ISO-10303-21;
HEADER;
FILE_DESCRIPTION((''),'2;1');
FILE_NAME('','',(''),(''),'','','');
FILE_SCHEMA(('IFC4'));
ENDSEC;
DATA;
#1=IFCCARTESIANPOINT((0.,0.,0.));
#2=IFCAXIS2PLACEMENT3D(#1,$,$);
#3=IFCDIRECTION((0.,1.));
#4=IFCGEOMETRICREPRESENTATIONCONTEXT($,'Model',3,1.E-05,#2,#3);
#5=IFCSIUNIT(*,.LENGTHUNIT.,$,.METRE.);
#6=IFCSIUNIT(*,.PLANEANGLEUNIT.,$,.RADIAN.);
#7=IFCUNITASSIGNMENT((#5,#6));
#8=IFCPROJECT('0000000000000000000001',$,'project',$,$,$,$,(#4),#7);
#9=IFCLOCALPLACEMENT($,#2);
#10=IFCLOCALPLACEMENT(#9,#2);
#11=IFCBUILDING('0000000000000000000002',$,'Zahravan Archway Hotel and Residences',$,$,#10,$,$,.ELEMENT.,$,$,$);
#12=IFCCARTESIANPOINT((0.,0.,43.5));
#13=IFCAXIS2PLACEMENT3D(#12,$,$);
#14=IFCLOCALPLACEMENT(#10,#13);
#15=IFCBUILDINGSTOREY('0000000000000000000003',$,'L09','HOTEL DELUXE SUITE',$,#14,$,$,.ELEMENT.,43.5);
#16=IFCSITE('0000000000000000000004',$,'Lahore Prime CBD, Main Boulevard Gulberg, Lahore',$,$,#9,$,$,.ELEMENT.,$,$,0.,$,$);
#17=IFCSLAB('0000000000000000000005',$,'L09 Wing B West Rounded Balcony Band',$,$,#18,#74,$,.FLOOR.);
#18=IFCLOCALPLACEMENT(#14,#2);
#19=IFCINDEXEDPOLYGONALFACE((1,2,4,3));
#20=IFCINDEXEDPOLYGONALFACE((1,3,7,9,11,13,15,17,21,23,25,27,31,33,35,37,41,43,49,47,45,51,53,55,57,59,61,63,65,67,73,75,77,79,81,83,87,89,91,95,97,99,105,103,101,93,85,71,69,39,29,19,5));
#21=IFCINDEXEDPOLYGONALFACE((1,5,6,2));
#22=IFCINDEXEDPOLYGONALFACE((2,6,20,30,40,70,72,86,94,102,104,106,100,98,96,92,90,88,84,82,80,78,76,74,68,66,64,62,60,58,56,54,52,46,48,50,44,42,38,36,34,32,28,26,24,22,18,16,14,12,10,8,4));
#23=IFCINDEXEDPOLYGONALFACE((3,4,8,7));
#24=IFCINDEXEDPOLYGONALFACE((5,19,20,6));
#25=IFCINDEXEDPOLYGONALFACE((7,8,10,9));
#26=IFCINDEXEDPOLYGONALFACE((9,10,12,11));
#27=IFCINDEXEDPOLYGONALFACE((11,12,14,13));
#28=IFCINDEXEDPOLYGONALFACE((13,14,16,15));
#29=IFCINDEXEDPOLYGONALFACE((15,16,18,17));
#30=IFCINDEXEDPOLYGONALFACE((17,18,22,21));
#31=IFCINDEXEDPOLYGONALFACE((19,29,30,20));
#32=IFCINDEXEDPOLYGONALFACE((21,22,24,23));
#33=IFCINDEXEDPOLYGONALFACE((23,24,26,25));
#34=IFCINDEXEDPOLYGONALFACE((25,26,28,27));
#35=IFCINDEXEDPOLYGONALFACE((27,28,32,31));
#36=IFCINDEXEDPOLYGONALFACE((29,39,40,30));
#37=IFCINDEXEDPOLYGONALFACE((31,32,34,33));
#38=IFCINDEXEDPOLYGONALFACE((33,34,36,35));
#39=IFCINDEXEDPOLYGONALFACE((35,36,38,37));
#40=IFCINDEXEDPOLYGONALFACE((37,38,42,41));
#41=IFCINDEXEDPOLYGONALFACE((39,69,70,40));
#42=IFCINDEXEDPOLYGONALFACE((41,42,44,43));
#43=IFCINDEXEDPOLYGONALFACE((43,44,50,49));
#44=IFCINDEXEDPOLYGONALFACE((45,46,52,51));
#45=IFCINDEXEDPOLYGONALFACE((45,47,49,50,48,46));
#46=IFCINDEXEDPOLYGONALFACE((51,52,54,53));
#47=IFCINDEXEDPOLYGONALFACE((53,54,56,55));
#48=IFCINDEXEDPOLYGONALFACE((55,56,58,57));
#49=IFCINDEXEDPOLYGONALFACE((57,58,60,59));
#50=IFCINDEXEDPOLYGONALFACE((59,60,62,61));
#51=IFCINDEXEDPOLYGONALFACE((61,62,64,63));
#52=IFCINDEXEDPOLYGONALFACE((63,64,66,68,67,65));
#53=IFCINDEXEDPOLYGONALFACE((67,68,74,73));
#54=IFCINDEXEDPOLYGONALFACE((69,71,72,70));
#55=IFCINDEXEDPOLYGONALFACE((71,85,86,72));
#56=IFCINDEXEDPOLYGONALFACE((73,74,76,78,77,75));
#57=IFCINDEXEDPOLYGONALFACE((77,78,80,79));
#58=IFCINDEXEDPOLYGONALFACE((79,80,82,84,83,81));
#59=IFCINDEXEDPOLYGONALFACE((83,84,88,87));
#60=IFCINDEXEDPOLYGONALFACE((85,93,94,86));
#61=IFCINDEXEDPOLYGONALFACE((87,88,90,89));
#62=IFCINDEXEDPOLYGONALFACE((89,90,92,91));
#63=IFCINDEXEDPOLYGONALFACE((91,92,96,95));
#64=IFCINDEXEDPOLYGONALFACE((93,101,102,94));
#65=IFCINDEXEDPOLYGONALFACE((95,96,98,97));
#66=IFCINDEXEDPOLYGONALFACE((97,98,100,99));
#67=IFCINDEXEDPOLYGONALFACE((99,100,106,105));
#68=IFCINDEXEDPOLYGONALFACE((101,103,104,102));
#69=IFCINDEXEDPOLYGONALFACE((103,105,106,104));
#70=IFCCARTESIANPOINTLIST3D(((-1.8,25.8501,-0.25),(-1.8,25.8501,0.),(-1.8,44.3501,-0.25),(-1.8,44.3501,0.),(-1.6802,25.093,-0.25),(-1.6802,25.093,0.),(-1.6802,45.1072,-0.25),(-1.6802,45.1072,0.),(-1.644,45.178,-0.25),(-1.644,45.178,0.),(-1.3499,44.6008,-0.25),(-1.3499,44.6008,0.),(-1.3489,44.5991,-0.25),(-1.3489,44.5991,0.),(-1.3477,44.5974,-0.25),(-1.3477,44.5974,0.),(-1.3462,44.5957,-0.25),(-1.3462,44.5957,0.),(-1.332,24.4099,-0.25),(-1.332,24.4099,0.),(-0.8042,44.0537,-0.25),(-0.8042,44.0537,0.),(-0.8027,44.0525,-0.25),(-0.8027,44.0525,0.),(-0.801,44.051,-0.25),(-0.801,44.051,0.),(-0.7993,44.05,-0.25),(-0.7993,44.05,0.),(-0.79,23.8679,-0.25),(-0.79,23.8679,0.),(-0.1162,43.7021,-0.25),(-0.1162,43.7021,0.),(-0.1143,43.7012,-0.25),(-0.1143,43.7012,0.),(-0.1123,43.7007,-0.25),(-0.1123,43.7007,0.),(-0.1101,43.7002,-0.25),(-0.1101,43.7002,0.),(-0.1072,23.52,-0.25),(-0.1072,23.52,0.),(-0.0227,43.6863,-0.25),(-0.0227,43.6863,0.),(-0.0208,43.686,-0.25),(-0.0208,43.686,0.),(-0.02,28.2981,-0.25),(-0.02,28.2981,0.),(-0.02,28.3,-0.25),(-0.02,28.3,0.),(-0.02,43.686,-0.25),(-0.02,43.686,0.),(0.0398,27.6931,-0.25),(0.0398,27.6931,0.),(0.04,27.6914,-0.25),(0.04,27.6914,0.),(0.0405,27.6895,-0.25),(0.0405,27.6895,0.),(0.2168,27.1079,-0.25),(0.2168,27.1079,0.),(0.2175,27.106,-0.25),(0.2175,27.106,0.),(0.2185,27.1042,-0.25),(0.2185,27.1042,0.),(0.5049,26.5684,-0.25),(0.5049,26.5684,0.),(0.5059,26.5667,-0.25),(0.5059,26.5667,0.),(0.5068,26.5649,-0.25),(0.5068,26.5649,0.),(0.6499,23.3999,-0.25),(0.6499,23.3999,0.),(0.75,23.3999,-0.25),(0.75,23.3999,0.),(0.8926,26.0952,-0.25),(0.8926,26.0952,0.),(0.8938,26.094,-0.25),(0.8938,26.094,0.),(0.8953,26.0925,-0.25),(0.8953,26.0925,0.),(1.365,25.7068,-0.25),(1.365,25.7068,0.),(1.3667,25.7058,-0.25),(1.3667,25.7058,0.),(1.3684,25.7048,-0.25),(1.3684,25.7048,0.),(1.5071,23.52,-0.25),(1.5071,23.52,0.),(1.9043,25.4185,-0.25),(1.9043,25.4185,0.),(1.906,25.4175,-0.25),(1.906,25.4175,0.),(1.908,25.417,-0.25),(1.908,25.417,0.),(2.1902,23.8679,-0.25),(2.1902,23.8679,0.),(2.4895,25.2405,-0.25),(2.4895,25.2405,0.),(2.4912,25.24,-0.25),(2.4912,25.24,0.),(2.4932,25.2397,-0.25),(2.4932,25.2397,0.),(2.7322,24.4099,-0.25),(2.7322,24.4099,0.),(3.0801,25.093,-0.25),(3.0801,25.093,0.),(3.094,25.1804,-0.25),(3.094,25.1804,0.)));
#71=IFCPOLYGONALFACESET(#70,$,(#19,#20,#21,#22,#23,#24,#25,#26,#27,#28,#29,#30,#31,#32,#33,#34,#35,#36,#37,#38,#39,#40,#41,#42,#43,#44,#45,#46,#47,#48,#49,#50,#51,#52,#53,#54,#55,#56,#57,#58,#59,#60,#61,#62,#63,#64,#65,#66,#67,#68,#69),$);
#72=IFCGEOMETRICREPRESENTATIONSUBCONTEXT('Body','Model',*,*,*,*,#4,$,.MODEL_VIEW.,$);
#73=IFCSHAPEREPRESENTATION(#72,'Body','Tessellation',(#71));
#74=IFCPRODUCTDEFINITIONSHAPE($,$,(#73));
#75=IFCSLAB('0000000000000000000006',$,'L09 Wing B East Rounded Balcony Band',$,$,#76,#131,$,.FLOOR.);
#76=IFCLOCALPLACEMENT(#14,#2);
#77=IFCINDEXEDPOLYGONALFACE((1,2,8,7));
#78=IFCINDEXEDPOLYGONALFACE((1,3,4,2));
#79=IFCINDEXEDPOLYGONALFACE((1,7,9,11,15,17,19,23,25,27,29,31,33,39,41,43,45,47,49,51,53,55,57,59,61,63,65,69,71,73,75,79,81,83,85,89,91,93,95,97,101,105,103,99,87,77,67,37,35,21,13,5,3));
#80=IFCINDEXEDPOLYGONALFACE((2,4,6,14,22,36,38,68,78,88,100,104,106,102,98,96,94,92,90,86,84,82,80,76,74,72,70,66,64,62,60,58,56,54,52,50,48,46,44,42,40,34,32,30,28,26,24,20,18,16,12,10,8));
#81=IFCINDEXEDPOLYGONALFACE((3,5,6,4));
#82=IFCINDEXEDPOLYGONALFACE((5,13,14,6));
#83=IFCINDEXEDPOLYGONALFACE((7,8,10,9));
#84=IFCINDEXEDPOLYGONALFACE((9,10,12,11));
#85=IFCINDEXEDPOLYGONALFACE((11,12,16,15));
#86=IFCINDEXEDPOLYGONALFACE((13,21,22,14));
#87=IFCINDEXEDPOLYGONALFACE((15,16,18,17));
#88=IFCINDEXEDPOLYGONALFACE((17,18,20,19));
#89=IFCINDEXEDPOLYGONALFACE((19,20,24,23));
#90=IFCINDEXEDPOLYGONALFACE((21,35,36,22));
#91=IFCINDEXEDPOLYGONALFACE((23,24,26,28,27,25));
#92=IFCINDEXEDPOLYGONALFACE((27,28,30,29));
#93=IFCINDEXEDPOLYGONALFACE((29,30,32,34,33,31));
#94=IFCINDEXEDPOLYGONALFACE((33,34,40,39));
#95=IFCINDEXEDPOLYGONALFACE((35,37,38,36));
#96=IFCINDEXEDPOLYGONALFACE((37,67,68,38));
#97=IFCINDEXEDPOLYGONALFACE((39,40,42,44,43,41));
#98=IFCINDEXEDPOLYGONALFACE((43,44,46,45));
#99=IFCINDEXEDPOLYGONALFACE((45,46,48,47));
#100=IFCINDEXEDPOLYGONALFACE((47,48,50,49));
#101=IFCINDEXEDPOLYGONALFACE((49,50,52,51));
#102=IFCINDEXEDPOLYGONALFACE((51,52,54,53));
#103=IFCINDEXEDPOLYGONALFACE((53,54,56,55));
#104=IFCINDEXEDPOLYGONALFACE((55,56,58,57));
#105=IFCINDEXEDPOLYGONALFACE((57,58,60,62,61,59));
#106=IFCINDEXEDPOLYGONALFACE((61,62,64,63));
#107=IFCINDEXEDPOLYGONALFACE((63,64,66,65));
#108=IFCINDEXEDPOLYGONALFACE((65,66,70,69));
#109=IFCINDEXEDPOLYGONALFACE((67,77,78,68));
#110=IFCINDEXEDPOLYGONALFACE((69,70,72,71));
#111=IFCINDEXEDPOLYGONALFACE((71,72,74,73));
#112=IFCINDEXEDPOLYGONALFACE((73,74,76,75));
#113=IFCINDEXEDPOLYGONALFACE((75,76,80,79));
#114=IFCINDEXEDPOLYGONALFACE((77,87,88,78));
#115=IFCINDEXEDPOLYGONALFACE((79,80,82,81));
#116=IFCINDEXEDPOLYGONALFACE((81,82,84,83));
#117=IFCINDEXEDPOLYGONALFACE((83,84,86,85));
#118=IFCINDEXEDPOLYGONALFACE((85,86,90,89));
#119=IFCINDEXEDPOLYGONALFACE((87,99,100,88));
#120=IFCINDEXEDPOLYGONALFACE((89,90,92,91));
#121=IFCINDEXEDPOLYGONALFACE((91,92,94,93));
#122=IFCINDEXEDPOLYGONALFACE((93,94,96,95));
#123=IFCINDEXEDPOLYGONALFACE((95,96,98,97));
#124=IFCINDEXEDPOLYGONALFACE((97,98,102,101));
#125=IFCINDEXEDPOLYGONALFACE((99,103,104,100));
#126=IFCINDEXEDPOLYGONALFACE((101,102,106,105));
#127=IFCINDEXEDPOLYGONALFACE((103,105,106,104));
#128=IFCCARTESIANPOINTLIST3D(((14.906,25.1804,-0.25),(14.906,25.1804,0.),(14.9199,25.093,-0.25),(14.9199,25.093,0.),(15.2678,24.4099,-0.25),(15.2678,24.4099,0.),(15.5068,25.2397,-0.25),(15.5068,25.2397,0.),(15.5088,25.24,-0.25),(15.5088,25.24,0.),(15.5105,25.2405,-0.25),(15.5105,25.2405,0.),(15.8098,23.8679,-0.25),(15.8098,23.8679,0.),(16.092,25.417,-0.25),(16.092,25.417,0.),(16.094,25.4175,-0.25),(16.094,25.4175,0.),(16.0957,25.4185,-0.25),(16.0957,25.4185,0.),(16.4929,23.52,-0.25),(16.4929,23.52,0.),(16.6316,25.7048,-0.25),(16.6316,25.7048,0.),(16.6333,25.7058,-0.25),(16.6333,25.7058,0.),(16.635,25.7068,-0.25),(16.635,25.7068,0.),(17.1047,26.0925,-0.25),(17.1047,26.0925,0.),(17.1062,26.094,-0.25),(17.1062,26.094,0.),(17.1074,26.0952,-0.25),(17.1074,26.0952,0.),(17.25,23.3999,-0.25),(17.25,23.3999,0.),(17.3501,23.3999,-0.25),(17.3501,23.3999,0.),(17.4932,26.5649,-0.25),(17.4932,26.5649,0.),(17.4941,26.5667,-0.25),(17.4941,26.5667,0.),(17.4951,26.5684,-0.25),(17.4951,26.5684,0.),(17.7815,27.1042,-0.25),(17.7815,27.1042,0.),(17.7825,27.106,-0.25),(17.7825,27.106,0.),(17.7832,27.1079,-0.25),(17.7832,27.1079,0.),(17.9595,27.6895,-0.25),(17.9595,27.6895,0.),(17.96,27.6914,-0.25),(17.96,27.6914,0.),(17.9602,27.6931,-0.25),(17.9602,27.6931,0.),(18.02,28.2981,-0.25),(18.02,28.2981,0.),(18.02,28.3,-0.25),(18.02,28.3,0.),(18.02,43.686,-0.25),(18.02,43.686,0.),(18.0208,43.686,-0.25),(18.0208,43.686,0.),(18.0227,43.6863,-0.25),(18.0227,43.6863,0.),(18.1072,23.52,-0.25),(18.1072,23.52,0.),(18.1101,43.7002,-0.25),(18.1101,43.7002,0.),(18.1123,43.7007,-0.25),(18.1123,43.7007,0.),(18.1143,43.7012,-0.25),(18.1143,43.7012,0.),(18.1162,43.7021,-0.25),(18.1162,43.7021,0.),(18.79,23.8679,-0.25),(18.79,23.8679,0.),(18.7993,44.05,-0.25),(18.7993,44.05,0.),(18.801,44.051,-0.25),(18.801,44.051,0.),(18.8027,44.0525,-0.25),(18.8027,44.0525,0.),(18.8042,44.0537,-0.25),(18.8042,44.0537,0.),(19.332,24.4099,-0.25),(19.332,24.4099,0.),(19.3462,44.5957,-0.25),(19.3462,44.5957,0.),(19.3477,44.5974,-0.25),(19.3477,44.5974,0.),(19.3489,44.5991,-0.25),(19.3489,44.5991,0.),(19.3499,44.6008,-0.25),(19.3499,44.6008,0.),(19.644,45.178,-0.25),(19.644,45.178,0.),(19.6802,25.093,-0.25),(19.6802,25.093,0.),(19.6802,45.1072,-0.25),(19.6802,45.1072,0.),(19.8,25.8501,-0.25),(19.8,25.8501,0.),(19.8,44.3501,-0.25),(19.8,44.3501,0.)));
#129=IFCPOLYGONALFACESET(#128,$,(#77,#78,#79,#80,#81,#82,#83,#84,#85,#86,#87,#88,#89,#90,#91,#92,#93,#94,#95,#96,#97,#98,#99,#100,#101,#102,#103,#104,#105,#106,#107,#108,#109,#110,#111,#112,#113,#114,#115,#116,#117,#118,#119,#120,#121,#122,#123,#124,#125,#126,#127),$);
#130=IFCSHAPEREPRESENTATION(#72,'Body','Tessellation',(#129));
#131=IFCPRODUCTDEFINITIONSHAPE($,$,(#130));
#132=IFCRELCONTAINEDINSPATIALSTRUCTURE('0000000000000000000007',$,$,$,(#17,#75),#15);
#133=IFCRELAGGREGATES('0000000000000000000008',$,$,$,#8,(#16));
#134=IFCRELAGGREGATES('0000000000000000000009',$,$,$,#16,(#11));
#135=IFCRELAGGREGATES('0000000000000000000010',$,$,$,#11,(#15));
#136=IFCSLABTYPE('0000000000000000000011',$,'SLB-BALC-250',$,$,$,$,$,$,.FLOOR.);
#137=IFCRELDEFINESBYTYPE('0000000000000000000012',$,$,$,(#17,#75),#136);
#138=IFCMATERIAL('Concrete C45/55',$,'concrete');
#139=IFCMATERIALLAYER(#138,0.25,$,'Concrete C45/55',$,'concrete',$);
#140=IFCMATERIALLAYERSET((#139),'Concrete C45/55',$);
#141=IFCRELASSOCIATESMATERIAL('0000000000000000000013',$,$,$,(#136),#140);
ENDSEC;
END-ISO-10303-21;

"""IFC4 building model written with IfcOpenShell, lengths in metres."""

from ifc_helpers import new_model, si_unit, direction, frame, origin, place, context, subcontext, project, spatial, polyline, outline, extrude, material, layer, layer_set, type_object, element, save


model = new_model("IFC4")

# Units and contexts
model_context = context("Model", 3, precision=1e-05, world=origin(), true_north=direction((0.0, 1.0)))
body_context = subcontext(model_context, "Body", "Model", "MODEL_VIEW")
ifc_project = project(units=[si_unit("LENGTHUNIT", "METRE"), si_unit("PLANEANGLEUNIT", "RADIAN")], contexts=[model_context])

# Site, building, storey
site_placement = place(None, origin())
site = spatial("IfcSite", under=ifc_project, at=site_placement, Name="Lahore Prime CBD, Main Boulevard Gulberg, Lahore", CompositionType="ELEMENT", RefElevation=0.0)
building_placement = place(site_placement, origin())
building = spatial("IfcBuilding", under=site, at=building_placement, Name="Zahravan Archway Hotel and Residences", CompositionType="ELEMENT")
storey_placement = place(building_placement, frame((0.0, 0.0, 43.5)))
storey = spatial("IfcBuildingStorey", under=building, at=storey_placement, Name="L09", Description="HOTEL DELUXE SUITE", CompositionType="ELEMENT", Elevation=43.5)

# Slabs
ifc_material_1 = material(Name="Concrete C45/55", Category="concrete")
ifc_layer_1 = layer(ifc_material_1, 0.25, Name="Concrete C45/55", Category="concrete")
ifc_layer_set_1 = layer_set([ifc_layer_1], Name="Concrete C45/55")
slab_type_1 = type_object("IfcSlabType", Name="SLB-BALC-250", PredefinedType="FLOOR", material=ifc_layer_set_1)
slab_1_placement = place(storey_placement, frame((0.0, 0.0, -0.25)))
element("IfcSlab", 1, at=slab_1_placement, inside=storey, type_object=slab_type_1, Name="L09 Wing B West Rounded Balcony Band", PredefinedType="FLOOR", context=body_context, shape_type="SweptSolid", body=[
    extrude(outline(polyline([(3.0801, 25.093), (2.7322, 24.4099), (2.1902, 23.8679), (1.5071, 23.52), (0.75, 23.3999), (0.6499, 23.3999), (-0.1072, 23.52), (-0.79, 23.8679), (-1.332, 24.4099), (-1.6802, 25.093), (-1.8, 25.8501), (-1.8, 44.3501), (-1.6802, 45.1072), (-1.644, 45.178), (-1.3499, 44.6008), (-1.3489, 44.5991), (-1.3477, 44.5974), (-1.3462, 44.5957), (-0.8042, 44.0537), (-0.8027, 44.0525), (-0.801, 44.051), (-0.7993, 44.05), (-0.1162, 43.7021), (-0.1143, 43.7012), (-0.1123, 43.7007), (-0.1101, 43.7002), (-0.0227, 43.6863), (-0.0208, 43.686), (-0.02, 43.686), (-0.02, 28.3), (-0.02, 28.2981), (0.0398, 27.6931), (0.04, 27.6914), (0.0405, 27.6895), (0.2168, 27.1079), (0.2175, 27.106), (0.2185, 27.1042), (0.5049, 26.5684), (0.5059, 26.5667), (0.5068, 26.5649), (0.8926, 26.0952), (0.8938, 26.094), (0.8953, 26.0925), (1.365, 25.7068), (1.3667, 25.7058), (1.3684, 25.7048), (1.9043, 25.4185), (1.906, 25.4175), (1.908, 25.417), (2.4895, 25.2405), (2.4912, 25.24), (2.4932, 25.2397), (3.094, 25.1804), (3.0801, 25.093)])), origin(), (0.0, 0.0, 1.0), 0.25),
])
slab_2_placement = place(storey_placement, frame((0.0, 0.0, -0.25)))
element("IfcSlab", 2, at=slab_2_placement, inside=storey, type_object=slab_type_1, Name="L09 Wing B East Rounded Balcony Band", PredefinedType="FLOOR", context=body_context, shape_type="SweptSolid", body=[
    extrude(outline(polyline([(19.6802, 45.1072), (19.8, 44.3501), (19.8, 25.8501), (19.6802, 25.093), (19.332, 24.4099), (18.79, 23.8679), (18.1072, 23.52), (17.3501, 23.3999), (17.25, 23.3999), (16.4929, 23.52), (15.8098, 23.8679), (15.2678, 24.4099), (14.9199, 25.093), (14.906, 25.1804), (15.5068, 25.2397), (15.5088, 25.24), (15.5105, 25.2405), (16.092, 25.417), (16.094, 25.4175), (16.0957, 25.4185), (16.6316, 25.7048), (16.6333, 25.7058), (16.635, 25.7068), (17.1047, 26.0925), (17.1062, 26.094), (17.1074, 26.0952), (17.4932, 26.5649), (17.4941, 26.5667), (17.4951, 26.5684), (17.7815, 27.1042), (17.7825, 27.106), (17.7832, 27.1079), (17.9595, 27.6895), (17.96, 27.6914), (17.9602, 27.6931), (18.02, 28.2981), (18.02, 28.3), (18.02, 43.686), (18.0208, 43.686), (18.0227, 43.6863), (18.1101, 43.7002), (18.1123, 43.7007), (18.1143, 43.7012), (18.1162, 43.7021), (18.7993, 44.05), (18.801, 44.051), (18.8027, 44.0525), (18.8042, 44.0537), (19.3462, 44.5957), (19.3477, 44.5974), (19.3489, 44.5991), (19.3499, 44.6008), (19.644, 45.178), (19.6802, 45.1072)])), origin(), (0.0, 0.0, 1.0), 0.25),
])

save(model, "model.ifc")
